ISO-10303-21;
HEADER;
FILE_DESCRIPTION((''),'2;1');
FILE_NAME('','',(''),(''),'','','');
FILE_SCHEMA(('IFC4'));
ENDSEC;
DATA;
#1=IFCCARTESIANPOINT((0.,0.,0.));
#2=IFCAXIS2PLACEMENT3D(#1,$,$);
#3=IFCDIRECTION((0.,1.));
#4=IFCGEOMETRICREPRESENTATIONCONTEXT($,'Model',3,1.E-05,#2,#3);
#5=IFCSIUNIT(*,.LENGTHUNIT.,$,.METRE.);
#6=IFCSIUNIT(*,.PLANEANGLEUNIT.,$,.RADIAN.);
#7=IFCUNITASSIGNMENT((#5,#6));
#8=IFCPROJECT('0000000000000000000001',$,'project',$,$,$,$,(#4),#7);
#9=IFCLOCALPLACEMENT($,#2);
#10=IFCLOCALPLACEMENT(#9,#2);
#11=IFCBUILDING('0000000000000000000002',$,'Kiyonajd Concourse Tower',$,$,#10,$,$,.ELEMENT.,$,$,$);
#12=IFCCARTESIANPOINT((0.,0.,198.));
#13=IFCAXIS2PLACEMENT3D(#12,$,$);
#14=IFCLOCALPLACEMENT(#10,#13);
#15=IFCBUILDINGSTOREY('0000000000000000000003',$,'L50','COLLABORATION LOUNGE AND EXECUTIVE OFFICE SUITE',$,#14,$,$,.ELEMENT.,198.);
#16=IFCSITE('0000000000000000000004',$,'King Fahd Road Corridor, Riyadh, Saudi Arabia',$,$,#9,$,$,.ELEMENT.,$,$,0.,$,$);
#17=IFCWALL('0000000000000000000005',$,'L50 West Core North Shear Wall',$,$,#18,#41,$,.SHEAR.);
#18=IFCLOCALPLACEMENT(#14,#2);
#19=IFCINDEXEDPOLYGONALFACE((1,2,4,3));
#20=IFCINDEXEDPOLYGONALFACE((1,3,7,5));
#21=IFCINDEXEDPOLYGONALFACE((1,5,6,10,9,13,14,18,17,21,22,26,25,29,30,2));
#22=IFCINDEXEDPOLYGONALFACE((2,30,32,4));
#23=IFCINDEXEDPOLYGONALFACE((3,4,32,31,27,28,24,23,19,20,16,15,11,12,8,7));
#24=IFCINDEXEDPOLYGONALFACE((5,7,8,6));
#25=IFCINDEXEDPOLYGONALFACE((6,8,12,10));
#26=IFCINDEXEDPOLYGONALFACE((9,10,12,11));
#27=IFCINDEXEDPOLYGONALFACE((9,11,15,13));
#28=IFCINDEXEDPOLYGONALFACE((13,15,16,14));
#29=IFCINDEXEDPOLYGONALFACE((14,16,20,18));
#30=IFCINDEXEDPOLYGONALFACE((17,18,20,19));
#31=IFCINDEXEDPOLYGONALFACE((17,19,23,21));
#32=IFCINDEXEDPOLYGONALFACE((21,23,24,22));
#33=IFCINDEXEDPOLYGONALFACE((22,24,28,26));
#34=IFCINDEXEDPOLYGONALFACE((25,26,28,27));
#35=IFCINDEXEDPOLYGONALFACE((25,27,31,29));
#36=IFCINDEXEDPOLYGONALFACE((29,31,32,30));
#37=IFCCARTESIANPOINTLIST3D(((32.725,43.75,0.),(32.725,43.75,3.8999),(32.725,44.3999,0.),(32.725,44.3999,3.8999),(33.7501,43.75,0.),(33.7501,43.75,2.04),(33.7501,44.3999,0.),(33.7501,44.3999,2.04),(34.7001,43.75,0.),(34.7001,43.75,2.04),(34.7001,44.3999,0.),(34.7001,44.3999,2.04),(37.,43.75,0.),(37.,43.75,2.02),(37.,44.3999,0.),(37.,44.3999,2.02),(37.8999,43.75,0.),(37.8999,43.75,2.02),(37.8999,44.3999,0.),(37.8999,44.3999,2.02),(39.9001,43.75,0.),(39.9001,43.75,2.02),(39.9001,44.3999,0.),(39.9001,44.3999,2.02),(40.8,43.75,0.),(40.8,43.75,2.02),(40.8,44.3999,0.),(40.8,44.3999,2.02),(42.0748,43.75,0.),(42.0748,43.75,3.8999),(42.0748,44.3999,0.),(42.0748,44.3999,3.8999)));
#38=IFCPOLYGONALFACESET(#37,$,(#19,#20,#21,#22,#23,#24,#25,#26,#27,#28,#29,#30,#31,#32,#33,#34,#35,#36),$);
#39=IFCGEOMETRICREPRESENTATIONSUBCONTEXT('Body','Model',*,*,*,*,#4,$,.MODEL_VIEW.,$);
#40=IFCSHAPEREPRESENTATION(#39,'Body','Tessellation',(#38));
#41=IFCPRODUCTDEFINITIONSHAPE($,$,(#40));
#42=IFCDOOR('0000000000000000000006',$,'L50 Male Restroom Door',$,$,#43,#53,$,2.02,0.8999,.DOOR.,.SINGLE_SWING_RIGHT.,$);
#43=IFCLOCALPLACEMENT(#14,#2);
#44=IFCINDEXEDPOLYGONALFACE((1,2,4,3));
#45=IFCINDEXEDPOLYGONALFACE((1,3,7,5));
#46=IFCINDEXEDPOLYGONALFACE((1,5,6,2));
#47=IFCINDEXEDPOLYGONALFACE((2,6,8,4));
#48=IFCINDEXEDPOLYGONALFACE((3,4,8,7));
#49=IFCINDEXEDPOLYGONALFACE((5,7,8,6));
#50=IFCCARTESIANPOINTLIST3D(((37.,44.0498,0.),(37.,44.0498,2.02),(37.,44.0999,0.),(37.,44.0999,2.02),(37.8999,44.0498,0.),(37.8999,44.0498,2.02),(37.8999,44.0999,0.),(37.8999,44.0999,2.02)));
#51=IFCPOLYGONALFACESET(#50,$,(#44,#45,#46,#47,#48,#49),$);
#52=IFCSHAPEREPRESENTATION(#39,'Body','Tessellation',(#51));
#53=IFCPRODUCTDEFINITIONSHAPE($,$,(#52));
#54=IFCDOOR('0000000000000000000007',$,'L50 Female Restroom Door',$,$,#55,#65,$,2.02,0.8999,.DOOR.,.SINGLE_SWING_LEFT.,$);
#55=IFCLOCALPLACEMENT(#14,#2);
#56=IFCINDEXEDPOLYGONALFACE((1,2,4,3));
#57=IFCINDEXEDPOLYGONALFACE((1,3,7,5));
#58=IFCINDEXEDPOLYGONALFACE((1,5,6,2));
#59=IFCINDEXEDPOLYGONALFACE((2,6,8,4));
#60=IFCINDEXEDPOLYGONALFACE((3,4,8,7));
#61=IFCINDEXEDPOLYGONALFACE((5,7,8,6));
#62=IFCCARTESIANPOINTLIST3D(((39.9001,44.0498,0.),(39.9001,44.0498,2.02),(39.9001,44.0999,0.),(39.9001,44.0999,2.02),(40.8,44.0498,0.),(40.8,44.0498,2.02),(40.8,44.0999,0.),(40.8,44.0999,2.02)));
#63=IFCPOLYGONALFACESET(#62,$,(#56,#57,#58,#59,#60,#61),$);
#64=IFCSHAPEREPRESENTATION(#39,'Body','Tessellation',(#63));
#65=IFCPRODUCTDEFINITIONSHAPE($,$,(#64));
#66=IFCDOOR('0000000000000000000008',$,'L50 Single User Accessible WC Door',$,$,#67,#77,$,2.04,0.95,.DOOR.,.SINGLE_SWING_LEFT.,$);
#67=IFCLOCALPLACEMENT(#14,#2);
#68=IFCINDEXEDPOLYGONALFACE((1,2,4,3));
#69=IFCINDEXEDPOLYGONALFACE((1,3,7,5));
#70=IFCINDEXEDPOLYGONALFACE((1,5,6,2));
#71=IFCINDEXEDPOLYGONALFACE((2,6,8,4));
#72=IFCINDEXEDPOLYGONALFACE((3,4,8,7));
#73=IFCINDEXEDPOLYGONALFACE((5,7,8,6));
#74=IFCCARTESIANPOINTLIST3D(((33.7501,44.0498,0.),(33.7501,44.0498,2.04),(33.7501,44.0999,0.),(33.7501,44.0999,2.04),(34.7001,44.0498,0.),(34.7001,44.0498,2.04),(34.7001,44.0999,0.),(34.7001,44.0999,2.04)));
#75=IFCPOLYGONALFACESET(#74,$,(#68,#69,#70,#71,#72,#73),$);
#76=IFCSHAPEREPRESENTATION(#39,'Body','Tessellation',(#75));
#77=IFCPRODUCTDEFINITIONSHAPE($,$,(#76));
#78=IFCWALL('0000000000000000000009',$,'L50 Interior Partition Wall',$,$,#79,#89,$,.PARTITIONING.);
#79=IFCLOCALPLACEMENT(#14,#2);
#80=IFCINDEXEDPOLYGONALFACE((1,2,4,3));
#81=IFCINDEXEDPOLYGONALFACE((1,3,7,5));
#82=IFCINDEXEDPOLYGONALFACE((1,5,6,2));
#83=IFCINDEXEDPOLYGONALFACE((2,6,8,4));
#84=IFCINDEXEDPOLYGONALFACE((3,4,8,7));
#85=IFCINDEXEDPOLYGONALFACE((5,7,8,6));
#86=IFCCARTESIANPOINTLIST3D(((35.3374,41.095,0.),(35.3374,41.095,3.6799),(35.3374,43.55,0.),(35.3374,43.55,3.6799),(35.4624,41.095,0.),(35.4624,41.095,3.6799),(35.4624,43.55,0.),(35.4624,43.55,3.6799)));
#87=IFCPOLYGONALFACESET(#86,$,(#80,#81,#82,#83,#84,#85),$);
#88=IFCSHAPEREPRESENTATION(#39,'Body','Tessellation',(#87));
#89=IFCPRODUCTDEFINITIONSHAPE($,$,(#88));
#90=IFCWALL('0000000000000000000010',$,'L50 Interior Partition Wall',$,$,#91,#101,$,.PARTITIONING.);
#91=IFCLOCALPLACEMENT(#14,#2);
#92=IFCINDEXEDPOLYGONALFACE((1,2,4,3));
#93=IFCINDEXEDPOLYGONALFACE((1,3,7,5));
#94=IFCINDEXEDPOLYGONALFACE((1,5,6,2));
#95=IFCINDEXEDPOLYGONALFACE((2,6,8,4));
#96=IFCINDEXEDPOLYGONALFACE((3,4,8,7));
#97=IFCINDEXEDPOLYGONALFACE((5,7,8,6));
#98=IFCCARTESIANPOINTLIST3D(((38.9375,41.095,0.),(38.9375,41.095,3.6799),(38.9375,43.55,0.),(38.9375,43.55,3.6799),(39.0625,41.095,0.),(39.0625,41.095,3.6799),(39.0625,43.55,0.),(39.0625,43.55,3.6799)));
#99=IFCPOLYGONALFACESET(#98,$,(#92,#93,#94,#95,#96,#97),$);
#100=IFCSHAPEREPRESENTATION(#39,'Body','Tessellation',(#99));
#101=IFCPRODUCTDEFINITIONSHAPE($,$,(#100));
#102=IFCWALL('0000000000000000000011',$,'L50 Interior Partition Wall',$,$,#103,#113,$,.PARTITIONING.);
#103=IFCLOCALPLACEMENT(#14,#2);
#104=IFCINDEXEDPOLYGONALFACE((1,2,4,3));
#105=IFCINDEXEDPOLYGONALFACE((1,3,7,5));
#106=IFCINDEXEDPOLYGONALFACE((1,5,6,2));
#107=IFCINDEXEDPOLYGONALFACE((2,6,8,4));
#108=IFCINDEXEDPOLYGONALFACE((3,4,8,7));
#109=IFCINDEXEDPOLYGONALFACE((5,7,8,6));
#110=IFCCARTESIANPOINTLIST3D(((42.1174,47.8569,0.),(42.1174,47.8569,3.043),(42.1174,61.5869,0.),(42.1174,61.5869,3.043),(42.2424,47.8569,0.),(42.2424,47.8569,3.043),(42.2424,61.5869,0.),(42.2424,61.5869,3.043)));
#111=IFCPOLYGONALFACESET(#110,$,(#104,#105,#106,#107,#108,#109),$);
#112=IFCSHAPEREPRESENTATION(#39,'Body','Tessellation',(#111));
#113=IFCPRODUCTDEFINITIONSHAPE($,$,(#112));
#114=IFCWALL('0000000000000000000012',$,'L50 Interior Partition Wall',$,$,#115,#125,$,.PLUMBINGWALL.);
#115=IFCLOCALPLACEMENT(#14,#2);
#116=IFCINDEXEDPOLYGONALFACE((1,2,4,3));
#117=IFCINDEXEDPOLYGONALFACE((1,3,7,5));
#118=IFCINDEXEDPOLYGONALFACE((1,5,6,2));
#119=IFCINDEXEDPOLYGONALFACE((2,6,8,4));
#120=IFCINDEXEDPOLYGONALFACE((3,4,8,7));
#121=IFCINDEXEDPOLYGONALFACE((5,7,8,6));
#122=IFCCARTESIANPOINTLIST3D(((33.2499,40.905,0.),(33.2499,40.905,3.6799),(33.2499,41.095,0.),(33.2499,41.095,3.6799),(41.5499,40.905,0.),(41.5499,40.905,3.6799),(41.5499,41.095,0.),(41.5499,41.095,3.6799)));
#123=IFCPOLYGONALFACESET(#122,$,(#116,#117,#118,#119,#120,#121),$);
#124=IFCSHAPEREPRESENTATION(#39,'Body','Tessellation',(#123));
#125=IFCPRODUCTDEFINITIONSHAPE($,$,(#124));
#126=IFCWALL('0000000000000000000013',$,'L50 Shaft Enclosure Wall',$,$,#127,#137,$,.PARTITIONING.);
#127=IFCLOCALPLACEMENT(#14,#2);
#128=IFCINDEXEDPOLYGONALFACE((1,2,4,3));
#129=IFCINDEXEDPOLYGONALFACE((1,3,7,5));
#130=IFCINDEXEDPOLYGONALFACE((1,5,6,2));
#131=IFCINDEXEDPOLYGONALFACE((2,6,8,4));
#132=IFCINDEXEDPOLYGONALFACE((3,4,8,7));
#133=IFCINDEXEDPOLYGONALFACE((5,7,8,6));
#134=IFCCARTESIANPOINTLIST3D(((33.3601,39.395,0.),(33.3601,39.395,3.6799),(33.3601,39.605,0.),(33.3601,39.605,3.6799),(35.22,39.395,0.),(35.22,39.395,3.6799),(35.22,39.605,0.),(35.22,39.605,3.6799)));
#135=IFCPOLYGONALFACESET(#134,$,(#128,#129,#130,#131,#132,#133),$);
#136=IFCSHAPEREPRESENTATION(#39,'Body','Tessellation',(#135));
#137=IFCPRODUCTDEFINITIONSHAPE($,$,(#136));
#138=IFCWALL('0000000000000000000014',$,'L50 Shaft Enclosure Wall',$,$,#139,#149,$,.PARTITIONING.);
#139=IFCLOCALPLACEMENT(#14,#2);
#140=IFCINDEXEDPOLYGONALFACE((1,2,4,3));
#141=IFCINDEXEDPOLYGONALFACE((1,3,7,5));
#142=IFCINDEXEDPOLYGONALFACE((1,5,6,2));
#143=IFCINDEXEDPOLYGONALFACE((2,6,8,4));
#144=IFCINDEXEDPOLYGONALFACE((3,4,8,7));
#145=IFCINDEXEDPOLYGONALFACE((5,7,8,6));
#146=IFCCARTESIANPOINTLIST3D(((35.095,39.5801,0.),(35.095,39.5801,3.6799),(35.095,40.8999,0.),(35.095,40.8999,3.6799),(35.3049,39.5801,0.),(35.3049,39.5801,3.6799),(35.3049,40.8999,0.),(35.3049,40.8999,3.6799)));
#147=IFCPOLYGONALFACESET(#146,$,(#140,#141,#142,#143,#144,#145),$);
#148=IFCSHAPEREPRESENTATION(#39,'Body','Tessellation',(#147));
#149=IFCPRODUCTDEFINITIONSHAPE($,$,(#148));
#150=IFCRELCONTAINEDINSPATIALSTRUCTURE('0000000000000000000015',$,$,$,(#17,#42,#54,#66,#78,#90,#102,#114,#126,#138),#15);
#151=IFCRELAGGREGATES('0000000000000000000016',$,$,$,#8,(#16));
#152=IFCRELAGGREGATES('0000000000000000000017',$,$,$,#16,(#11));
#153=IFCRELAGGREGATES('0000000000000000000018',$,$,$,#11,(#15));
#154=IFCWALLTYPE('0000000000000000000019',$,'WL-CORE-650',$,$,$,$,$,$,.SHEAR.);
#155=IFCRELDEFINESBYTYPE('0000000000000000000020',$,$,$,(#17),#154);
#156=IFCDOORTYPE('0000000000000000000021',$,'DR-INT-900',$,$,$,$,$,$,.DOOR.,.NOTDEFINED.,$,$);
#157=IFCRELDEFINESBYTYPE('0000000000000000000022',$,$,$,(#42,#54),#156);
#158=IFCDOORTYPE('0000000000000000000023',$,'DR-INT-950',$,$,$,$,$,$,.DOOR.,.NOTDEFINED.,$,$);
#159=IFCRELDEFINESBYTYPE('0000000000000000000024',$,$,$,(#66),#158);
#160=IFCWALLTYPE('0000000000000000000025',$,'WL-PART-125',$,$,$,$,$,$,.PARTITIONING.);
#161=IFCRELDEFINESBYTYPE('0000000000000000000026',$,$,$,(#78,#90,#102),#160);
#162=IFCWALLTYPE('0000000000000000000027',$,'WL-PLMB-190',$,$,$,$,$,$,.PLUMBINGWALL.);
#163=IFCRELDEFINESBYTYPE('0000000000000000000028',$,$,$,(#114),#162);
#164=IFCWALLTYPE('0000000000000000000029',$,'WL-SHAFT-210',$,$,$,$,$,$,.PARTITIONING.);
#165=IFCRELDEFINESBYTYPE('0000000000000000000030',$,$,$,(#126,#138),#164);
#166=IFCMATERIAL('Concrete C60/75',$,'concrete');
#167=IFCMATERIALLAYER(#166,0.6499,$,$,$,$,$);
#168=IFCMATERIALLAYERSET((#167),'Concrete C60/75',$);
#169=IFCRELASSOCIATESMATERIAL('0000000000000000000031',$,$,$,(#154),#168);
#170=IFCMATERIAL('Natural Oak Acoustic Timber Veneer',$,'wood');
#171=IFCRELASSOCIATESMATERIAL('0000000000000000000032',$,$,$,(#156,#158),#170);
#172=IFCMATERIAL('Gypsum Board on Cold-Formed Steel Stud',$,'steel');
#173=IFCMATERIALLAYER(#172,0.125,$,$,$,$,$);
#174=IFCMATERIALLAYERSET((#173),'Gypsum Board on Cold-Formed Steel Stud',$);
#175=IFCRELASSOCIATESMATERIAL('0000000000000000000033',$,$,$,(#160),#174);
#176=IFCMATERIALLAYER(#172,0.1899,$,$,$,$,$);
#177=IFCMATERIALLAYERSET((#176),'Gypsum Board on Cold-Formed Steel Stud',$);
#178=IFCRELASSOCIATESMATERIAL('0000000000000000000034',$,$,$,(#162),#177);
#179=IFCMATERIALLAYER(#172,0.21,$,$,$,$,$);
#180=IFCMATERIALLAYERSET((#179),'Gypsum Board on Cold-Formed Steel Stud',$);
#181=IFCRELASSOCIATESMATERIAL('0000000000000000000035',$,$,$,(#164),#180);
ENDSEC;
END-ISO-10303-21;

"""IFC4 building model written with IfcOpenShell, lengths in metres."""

from ifc_helpers import new_model, si_unit, direction, frame, frame_2d, origin, place, context, subcontext, project, spatial, rectangle, extrude, material, layer, layer_set, type_object, element, fill, save


model = new_model("IFC4")

# Units and contexts
model_context = context("Model", 3, precision=1e-05, world=origin(), true_north=direction((0.0, 1.0)))
body_context = subcontext(model_context, "Body", "Model", "MODEL_VIEW")
ifc_project = project(units=[si_unit("LENGTHUNIT", "METRE"), si_unit("PLANEANGLEUNIT", "RADIAN")], contexts=[model_context])

# Site, building, storey
site_placement = place(None, origin())
site = spatial("IfcSite", under=ifc_project, at=site_placement, Name="King Fahd Road Corridor, Riyadh, Saudi Arabia", CompositionType="ELEMENT", RefElevation=0.0)
building_placement = place(site_placement, origin())
building = spatial("IfcBuilding", under=site, at=building_placement, Name="Kiyonajd Concourse Tower", CompositionType="ELEMENT")
storey_placement = place(building_placement, frame((0.0, 0.0, 198.0)))
storey = spatial("IfcBuildingStorey", under=building, at=storey_placement, Name="L50", Description="COLLABORATION LOUNGE AND EXECUTIVE OFFICE SUITE", CompositionType="ELEMENT", Elevation=198.0)

# Shared definitions
ifc_material_1 = material(Name="Concrete C60/75", Category="concrete")

# Wall, openings, doors
ifc_layer_1 = layer(ifc_material_1, 0.6499)
ifc_layer_set_1 = layer_set([ifc_layer_1], Name="Concrete C60/75")
wall_type_1 = type_object("IfcWallType", Name="WL-CORE-650", PredefinedType="SHEAR", material=ifc_layer_set_1)
wall_1_placement = place(storey_placement, frame((32.7251, 44.075, 0.0), z_axis=(0.0, 0.0, 1.0), x_axis=(1.0, 0.0, 0.0)))
wall_1 = element("IfcWall", 1, at=wall_1_placement, inside=storey, type_object=wall_type_1, Name="L50 West Core North Shear Wall", PredefinedType="SHEAR", context=body_context, shape_type="SweptSolid", body=[
    extrude(rectangle(XDim=9.3499, YDim=0.6499, at=frame_2d((4.6748, 0.0))), origin(), (0.0, 0.0, 1.0), 3.8999),
])
opening_1_placement = place(wall_1_placement, frame((1.0249, 0.0, 0.0)))
opening_1 = element("IfcOpeningElement", 2, at=opening_1_placement, cuts=wall_1, PredefinedType="OPENING", context=body_context, shape_type="SweptSolid", body=[
    extrude(rectangle(XDim=0.95, YDim=2.04, at=frame_2d((0.4751, 1.02))), frame((0.0, 0.335, 0.0), z_axis=(0.0, -1.0, 0.0), x_axis=(1.0, 0.0, 0.0)), (0.0, 0.0, 1.0), 0.6699),
])
opening_2_placement = place(wall_1_placement, frame((4.2749, 0.0, 0.0)))
opening_2 = element("IfcOpeningElement", 3, at=opening_2_placement, cuts=wall_1, PredefinedType="OPENING", context=body_context, shape_type="SweptSolid", body=[
    extrude(rectangle(XDim=0.8999, YDim=2.02, at=frame_2d((0.45, 1.01))), frame((0.0, 0.335, 0.0), z_axis=(0.0, -1.0, 0.0), x_axis=(1.0, 0.0, 0.0)), (0.0, 0.0, 1.0), 0.6699),
])
opening_3_placement = place(wall_1_placement, frame((7.175, 0.0, 0.0)))
opening_3 = element("IfcOpeningElement", 4, at=opening_3_placement, cuts=wall_1, PredefinedType="OPENING", context=body_context, shape_type="SweptSolid", body=[
    extrude(rectangle(XDim=0.8999, YDim=2.02, at=frame_2d((0.45, 1.01))), frame((0.0, 0.335, 0.0), z_axis=(0.0, -1.0, 0.0), x_axis=(1.0, 0.0, 0.0)), (0.0, 0.0, 1.0), 0.6699),
])
ifc_material_2 = material(Name="Natural Oak Acoustic Timber Veneer", Category="wood")
door_type_1 = type_object("IfcDoorType", Name="DR-INT-900", OperationType="NOTDEFINED", PredefinedType="DOOR", material=ifc_material_2)
door_1_placement = place(opening_2_placement, origin())
door_1 = element("IfcDoor", 5, at=door_1_placement, inside=storey, type_object=door_type_1, Name="L50 Male Restroom Door", OperationType="SINGLE_SWING_RIGHT", OverallHeight=2.02, OverallWidth=0.8999, PredefinedType="DOOR", context=body_context, shape_type="SweptSolid", body=[
    extrude(rectangle(XDim=0.8999, YDim=2.02, at=frame_2d((0.45, 1.01))), frame((0.0, 0.0249, 0.0), z_axis=(0.0, -1.0, 0.0), x_axis=(1.0, 0.0, 0.0)), (0.0, 0.0, 1.0), 0.05),
])
fill(opening_2, door_1)
door_2_placement = place(opening_3_placement, origin())
door_2 = element("IfcDoor", 6, at=door_2_placement, inside=storey, type_object=door_type_1, Name="L50 Female Restroom Door", OperationType="SINGLE_SWING_LEFT", OverallHeight=2.02, OverallWidth=0.8999, PredefinedType="DOOR", context=body_context, shape_type="SweptSolid", body=[
    extrude(rectangle(XDim=0.8999, YDim=2.02, at=frame_2d((0.45, 1.01))), frame((0.0, 0.0249, 0.0), z_axis=(0.0, -1.0, 0.0), x_axis=(1.0, 0.0, 0.0)), (0.0, 0.0, 1.0), 0.05),
])
fill(opening_3, door_2)
door_type_2 = type_object("IfcDoorType", Name="DR-INT-950", OperationType="NOTDEFINED", PredefinedType="DOOR", material=ifc_material_2)
door_3_placement = place(opening_1_placement, origin())
door_3 = element("IfcDoor", 7, at=door_3_placement, inside=storey, type_object=door_type_2, Name="L50 Single User Accessible WC Door", OperationType="SINGLE_SWING_LEFT", OverallHeight=2.04, OverallWidth=0.95, PredefinedType="DOOR", context=body_context, shape_type="SweptSolid", body=[
    extrude(rectangle(XDim=0.95, YDim=2.04, at=frame_2d((0.4751, 1.02))), frame((0.0, 0.0249, 0.0), z_axis=(0.0, -1.0, 0.0), x_axis=(1.0, 0.0, 0.0)), (0.0, 0.0, 1.0), 0.05),
])
fill(opening_1, door_3)

# Walls
ifc_material_3 = material(Name="Gypsum Board on Cold-Formed Steel Stud", Category="steel")
ifc_layer_2 = layer(ifc_material_3, 0.125)
ifc_layer_set_2 = layer_set([ifc_layer_2], Name="Gypsum Board on Cold-Formed Steel Stud")
wall_type_2 = type_object("IfcWallType", Name="WL-PART-125", PredefinedType="PARTITIONING", material=ifc_layer_set_2)
for number, where, z_axis, x_axis, name in (
    (8, (35.3999, 41.095, 0.0), (0.0, 0.0, 1.0), (0.0, 1.0, 0.0), "L50 Interior Partition Wall"),
    (9, (39.0, 41.095, 0.0), (0.0, 0.0, 1.0), (0.0, 1.0, 0.0), "L50 Interior Partition Wall"),
):
    element("IfcWall", number, at=place(storey_placement, frame(where, z_axis=z_axis, x_axis=x_axis)), inside=storey, type_object=wall_type_2, Name=name, PredefinedType="PARTITIONING", context=body_context, shape_type="SweptSolid", body=[
        extrude(rectangle(XDim=2.4551, YDim=0.125, at=frame_2d((1.2275, 0.0))), origin(), (0.0, 0.0, 1.0), 3.6799),
    ])
wall_2_placement = place(storey_placement, frame((42.1799, 47.8569, 0.0), z_axis=(0.0, 0.0, 1.0), x_axis=(0.0, 1.0, 0.0)))
element("IfcWall", 10, at=wall_2_placement, inside=storey, type_object=wall_type_2, Name="L50 Interior Partition Wall", PredefinedType="PARTITIONING", context=body_context, shape_type="SweptSolid", body=[
    extrude(rectangle(XDim=13.73, YDim=0.125, at=frame_2d((6.865, 0.0))), origin(), (0.0, 0.0, 1.0), 3.043),
])
ifc_layer_3 = layer(ifc_material_3, 0.1899)
ifc_layer_set_3 = layer_set([ifc_layer_3], Name="Gypsum Board on Cold-Formed Steel Stud")
wall_type_3 = type_object("IfcWallType", Name="WL-PLMB-190", PredefinedType="PLUMBINGWALL", material=ifc_layer_set_3)
wall_3_placement = place(storey_placement, frame((33.25, 41.0, 0.0), z_axis=(0.0, 0.0, 1.0), x_axis=(1.0, 0.0, 0.0)))
element("IfcWall", 11, at=wall_3_placement, inside=storey, type_object=wall_type_3, Name="L50 Interior Partition Wall", PredefinedType="PLUMBINGWALL", context=body_context, shape_type="SweptSolid", body=[
    extrude(rectangle(XDim=8.3, YDim=0.1899, at=frame_2d((4.1499, 0.0))), origin(), (0.0, 0.0, 1.0), 3.6799),
])
ifc_layer_4 = layer(ifc_material_3, 0.21)
ifc_layer_set_4 = layer_set([ifc_layer_4], Name="Gypsum Board on Cold-Formed Steel Stud")
wall_type_4 = type_object("IfcWallType", Name="WL-SHAFT-210", PredefinedType="PARTITIONING", material=ifc_layer_set_4)
wall_4_placement = place(storey_placement, frame((33.3601, 39.5, 0.0), z_axis=(0.0, 0.0, 1.0), x_axis=(1.0, 0.0, 0.0)))
element("IfcWall", 12, at=wall_4_placement, inside=storey, type_object=wall_type_4, Name="L50 Shaft Enclosure Wall", PredefinedType="PARTITIONING", context=body_context, shape_type="SweptSolid", body=[
    extrude(rectangle(XDim=1.8599, YDim=0.21, at=frame_2d((0.9299, 0.0))), origin(), (0.0, 0.0, 1.0), 3.6799),
])
wall_5_placement = place(storey_placement, frame((35.2, 39.5801, 0.0), z_axis=(0.0, 0.0, 1.0), x_axis=(0.0, 1.0, 0.0)))
element("IfcWall", 13, at=wall_5_placement, inside=storey, type_object=wall_type_4, Name="L50 Shaft Enclosure Wall", PredefinedType="PARTITIONING", context=body_context, shape_type="SweptSolid", body=[
    extrude(rectangle(XDim=1.3198, YDim=0.21, at=frame_2d((0.6599, 0.0))), origin(), (0.0, 0.0, 1.0), 3.6799),
])

save(model, "model.ifc")
